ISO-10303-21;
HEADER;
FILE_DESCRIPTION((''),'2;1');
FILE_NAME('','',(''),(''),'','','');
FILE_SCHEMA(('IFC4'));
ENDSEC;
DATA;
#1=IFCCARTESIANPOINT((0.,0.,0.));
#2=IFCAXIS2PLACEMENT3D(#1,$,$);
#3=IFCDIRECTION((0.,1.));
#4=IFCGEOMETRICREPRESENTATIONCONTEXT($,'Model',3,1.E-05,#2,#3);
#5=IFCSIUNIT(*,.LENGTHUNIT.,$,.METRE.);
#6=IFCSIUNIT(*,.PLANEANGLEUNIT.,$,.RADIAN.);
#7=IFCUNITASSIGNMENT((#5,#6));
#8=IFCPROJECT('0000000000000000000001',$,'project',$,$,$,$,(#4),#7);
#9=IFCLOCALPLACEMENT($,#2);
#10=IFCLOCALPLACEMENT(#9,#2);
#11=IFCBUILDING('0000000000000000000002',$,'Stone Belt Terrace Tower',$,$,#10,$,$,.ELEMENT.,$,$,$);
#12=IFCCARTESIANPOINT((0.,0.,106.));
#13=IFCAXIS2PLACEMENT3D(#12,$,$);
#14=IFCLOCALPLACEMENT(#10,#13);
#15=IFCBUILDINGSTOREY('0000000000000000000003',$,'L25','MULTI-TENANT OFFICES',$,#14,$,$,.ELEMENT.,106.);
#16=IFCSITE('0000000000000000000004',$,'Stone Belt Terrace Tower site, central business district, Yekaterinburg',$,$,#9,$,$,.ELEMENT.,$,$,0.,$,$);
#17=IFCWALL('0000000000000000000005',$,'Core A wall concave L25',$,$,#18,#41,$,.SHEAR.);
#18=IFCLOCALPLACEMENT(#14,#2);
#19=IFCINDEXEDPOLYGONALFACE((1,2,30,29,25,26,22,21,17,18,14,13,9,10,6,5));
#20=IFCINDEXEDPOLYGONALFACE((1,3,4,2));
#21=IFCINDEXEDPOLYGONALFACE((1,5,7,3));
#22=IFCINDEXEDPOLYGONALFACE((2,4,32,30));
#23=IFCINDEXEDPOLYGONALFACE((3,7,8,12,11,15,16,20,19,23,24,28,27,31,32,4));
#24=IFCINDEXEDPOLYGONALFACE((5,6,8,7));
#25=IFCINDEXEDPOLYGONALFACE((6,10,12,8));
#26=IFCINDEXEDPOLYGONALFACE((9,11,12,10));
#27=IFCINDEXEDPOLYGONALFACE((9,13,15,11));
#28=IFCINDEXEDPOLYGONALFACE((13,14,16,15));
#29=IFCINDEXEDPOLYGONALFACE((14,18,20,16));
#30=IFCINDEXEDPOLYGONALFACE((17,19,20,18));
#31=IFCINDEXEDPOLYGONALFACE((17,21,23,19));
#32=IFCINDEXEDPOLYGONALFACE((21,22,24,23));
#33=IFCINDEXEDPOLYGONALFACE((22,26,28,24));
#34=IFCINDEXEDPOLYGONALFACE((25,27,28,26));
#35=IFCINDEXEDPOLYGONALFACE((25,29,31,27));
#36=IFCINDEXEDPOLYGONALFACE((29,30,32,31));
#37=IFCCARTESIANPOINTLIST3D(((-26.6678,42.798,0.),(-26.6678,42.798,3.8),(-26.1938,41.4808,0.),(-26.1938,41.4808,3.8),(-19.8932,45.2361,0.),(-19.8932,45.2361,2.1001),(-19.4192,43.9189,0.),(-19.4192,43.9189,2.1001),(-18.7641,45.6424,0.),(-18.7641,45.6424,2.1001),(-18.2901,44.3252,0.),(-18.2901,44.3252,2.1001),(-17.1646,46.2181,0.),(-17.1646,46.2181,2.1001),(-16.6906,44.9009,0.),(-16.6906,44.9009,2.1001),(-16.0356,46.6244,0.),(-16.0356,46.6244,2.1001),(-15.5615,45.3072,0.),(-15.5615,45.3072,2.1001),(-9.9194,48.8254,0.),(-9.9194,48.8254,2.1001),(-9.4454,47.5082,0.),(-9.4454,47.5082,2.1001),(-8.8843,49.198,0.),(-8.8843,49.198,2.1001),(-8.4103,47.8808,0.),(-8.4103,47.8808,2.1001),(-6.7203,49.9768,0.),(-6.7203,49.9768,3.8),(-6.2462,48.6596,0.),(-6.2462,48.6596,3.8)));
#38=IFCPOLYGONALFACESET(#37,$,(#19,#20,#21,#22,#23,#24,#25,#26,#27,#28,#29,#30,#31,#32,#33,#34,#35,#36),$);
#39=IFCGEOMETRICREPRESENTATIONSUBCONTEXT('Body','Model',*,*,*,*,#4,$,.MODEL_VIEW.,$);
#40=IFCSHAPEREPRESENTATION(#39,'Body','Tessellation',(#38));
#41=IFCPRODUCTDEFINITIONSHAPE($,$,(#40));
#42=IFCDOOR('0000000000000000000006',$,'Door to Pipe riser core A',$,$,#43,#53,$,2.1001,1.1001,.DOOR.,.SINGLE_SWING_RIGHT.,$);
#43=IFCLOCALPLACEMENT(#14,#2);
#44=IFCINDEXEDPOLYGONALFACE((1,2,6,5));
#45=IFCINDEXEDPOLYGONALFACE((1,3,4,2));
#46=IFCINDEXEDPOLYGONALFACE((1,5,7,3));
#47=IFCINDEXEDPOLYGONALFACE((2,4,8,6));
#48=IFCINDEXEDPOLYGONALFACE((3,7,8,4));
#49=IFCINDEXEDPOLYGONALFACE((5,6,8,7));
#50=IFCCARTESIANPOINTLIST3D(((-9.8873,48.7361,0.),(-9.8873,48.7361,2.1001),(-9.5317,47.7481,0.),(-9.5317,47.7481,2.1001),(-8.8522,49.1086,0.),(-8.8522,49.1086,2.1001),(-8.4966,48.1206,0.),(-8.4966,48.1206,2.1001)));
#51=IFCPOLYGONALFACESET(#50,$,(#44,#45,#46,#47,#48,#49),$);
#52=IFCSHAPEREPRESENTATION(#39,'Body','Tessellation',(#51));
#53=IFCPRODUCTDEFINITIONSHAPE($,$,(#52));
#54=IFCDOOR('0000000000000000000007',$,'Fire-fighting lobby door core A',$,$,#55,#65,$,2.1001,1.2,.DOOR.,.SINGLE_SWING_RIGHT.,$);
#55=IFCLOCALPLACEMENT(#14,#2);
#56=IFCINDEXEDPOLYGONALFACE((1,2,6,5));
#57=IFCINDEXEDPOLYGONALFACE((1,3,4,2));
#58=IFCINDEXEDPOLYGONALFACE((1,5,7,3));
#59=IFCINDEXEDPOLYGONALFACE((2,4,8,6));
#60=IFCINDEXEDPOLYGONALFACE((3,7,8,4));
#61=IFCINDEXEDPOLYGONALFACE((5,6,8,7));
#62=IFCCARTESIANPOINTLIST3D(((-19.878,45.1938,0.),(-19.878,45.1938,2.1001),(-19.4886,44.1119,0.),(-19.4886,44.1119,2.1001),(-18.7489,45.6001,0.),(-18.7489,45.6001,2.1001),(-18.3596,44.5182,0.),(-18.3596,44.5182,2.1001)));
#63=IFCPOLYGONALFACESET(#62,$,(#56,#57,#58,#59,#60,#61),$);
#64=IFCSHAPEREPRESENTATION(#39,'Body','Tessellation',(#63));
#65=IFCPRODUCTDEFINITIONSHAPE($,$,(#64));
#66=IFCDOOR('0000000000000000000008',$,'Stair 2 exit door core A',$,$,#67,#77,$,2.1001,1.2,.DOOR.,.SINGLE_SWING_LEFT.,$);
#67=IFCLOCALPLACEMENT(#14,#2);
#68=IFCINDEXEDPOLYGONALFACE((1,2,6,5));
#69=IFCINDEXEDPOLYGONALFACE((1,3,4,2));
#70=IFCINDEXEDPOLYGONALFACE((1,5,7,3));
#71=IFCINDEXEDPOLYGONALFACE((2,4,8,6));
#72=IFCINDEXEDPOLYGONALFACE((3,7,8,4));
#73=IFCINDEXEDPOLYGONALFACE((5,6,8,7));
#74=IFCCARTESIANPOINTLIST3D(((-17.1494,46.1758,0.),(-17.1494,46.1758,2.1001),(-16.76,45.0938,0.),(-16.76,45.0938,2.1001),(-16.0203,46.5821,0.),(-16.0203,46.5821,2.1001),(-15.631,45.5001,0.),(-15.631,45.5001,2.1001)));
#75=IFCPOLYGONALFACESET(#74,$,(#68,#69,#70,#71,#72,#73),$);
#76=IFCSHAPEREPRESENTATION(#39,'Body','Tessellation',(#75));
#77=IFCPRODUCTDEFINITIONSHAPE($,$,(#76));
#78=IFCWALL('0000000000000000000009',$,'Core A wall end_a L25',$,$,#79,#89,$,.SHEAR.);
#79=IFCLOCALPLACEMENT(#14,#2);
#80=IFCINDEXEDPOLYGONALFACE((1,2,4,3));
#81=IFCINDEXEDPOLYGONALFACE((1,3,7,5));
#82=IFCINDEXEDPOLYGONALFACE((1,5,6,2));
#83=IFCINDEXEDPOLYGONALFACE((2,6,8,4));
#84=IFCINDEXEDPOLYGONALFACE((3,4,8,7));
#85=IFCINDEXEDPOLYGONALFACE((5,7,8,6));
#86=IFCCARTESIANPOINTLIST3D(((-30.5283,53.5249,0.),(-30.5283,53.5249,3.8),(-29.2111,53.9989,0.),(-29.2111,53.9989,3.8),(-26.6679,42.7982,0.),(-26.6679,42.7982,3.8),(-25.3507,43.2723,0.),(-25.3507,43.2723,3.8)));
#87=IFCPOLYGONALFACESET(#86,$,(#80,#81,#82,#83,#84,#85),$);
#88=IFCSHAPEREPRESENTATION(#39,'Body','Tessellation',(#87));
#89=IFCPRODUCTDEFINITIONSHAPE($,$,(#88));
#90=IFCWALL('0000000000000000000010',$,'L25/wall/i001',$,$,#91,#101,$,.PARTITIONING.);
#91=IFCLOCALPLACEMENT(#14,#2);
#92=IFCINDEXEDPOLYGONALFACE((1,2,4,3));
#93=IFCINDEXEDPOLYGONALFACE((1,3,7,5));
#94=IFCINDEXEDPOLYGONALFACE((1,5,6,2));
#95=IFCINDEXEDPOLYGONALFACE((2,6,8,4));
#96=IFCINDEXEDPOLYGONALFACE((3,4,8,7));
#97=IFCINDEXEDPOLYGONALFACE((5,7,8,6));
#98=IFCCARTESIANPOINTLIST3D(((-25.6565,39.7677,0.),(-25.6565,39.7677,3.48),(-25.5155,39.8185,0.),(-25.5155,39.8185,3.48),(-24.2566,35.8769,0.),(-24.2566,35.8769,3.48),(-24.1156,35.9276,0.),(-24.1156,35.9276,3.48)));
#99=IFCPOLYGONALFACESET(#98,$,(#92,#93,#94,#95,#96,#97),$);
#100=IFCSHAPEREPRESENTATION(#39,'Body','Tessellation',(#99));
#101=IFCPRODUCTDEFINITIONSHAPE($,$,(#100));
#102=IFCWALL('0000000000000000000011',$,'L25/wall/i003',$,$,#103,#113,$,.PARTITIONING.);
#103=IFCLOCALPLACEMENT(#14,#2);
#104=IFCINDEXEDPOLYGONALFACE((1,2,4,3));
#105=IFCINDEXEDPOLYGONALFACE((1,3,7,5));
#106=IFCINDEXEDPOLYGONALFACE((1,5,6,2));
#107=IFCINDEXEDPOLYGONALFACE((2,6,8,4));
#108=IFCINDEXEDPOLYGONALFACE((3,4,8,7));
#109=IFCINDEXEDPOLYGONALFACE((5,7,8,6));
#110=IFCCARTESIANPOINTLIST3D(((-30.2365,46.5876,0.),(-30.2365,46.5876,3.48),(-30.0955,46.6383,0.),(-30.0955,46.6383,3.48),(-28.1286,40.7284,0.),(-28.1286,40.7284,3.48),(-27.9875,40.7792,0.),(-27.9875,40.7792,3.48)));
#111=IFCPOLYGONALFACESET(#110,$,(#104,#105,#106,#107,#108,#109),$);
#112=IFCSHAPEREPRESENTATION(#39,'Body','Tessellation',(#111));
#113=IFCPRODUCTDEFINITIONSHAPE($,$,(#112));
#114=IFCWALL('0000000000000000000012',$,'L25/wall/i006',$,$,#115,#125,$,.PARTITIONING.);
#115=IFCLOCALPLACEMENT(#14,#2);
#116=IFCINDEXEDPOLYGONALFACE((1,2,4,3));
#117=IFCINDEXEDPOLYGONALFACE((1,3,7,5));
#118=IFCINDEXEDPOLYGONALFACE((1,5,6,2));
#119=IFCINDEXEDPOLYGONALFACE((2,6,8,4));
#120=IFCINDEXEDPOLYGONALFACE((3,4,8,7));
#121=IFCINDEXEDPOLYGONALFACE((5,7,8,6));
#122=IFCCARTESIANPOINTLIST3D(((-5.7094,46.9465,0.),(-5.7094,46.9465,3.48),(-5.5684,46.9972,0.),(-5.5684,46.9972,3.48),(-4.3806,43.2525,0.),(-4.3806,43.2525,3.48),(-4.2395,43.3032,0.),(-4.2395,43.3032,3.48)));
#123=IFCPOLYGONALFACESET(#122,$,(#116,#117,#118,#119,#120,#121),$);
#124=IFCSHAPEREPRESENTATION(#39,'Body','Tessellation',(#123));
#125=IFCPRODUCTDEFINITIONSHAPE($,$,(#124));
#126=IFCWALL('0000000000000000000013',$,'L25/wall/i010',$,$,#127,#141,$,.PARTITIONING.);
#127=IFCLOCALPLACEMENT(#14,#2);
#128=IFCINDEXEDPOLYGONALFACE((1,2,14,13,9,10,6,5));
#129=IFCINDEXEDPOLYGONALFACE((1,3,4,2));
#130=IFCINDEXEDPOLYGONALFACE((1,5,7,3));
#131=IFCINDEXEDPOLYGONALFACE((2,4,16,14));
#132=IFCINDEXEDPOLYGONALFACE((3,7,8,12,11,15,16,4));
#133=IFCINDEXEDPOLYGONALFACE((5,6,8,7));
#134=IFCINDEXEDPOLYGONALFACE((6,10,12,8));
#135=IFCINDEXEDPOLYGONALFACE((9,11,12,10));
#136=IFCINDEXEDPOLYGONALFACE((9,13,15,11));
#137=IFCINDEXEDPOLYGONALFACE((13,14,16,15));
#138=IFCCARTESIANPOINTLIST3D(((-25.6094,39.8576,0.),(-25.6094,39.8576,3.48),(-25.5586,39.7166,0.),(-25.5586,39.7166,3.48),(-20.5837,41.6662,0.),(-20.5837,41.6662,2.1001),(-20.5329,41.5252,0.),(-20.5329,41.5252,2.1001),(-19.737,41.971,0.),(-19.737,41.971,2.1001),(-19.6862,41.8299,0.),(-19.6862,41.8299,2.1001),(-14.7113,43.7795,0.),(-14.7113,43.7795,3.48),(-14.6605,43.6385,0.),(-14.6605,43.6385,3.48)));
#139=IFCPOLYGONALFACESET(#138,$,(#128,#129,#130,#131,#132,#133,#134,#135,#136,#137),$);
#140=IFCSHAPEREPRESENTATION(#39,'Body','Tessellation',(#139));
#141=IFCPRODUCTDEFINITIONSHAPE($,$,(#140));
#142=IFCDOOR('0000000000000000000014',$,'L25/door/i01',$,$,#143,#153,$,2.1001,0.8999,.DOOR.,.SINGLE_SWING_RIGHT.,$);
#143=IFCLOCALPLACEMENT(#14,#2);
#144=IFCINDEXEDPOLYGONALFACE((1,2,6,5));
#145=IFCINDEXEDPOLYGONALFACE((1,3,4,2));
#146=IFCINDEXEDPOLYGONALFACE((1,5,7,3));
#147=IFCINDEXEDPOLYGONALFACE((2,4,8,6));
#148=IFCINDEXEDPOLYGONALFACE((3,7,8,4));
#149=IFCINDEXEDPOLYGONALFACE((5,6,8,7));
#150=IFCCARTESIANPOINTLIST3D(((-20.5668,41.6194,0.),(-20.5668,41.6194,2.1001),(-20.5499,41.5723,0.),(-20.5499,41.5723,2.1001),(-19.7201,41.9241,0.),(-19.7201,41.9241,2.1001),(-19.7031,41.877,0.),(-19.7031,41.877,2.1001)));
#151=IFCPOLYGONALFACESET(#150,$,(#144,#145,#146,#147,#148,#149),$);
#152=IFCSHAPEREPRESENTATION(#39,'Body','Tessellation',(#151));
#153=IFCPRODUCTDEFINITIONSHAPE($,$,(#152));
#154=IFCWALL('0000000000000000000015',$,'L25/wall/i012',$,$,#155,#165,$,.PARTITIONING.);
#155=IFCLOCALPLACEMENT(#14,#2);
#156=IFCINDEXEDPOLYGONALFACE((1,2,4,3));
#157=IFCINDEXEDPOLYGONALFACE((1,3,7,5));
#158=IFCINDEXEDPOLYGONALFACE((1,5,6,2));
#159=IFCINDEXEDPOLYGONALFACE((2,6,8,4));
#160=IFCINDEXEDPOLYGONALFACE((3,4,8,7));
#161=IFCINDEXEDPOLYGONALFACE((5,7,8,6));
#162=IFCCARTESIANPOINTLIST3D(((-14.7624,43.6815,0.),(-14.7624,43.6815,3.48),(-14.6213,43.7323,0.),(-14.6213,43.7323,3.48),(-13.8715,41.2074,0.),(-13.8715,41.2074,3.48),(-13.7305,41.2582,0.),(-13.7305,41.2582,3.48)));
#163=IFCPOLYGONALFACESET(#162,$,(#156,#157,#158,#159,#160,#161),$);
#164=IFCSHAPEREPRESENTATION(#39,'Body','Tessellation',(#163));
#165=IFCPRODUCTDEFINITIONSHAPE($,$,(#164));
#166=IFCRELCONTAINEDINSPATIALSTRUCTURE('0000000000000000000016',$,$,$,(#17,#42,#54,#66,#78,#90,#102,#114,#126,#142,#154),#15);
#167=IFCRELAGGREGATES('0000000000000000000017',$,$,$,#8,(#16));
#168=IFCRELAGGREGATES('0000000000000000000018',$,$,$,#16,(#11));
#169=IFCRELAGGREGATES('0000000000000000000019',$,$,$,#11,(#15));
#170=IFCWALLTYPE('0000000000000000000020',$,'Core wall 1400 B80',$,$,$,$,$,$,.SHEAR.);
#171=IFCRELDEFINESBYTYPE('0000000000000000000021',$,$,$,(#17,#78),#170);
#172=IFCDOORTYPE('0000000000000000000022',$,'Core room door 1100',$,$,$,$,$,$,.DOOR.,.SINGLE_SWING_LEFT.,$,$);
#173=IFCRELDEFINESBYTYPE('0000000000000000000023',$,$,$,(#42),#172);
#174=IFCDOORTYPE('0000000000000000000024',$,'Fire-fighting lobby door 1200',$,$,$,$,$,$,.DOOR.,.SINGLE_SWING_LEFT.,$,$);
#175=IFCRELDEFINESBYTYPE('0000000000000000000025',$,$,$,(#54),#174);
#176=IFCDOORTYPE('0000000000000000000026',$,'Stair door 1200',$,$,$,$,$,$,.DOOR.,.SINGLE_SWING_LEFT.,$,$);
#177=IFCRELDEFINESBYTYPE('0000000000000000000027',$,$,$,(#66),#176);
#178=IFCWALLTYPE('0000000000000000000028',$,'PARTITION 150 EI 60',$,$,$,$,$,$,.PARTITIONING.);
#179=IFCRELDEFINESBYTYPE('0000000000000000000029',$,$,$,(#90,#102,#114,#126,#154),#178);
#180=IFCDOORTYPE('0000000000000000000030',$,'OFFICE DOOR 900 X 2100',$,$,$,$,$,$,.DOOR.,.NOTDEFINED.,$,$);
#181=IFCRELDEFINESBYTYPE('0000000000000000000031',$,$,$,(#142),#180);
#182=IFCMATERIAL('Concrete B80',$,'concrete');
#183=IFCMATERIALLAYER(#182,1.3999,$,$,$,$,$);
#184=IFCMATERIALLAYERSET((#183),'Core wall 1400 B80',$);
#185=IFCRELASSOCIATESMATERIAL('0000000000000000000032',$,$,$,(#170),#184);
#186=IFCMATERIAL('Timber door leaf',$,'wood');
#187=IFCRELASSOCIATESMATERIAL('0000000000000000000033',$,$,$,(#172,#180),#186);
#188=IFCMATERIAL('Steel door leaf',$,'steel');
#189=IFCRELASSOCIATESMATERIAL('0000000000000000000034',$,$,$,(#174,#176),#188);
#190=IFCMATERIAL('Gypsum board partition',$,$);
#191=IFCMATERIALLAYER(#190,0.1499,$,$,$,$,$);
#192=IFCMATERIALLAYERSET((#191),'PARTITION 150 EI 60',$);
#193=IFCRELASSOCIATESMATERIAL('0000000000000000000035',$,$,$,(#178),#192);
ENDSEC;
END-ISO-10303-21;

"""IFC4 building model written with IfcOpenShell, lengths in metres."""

from ifc_helpers import new_model, si_unit, direction, frame, frame_2d, origin, place, context, subcontext, project, spatial, rectangle, extrude, material, layer, layer_set, type_object, element, fill, save


model = new_model("IFC4")

# Units and contexts
model_context = context("Model", 3, precision=1e-05, world=origin(), true_north=direction((0.0, 1.0)))
body_context = subcontext(model_context, "Body", "Model", "MODEL_VIEW")
ifc_project = project(units=[si_unit("LENGTHUNIT", "METRE"), si_unit("PLANEANGLEUNIT", "RADIAN")], contexts=[model_context])

# Site, building, storey
site_placement = place(None, origin())
site = spatial("IfcSite", under=ifc_project, at=site_placement, Name="Stone Belt Terrace Tower site, central business district, Yekaterinburg", CompositionType="ELEMENT", RefElevation=0.0)
building_placement = place(site_placement, origin())
building = spatial("IfcBuilding", under=site, at=building_placement, Name="Stone Belt Terrace Tower", CompositionType="ELEMENT")
storey_placement = place(building_placement, frame((0.0, 0.0, 106.0)))
storey = spatial("IfcBuildingStorey", under=building, at=storey_placement, Name="L25", Description="MULTI-TENANT OFFICES", CompositionType="ELEMENT", Elevation=106.0)

# Shared definitions
ifc_material_1 = material(Name="Concrete B80", Category="concrete")

# Wall, openings, doors
ifc_layer_1 = layer(ifc_material_1, 1.3999)
ifc_layer_set_1 = layer_set([ifc_layer_1], Name="Core wall 1400 B80")
wall_type_1 = type_object("IfcWallType", Name="Core wall 1400 B80", PredefinedType="SHEAR", material=ifc_layer_set_1)
wall_1_placement = place(storey_placement, frame((-26.4309, 42.1394, 0.0), z_axis=(0.0, 0.0, 1.0), x_axis=(0.940923, 0.33862, 0.0)))
wall_1 = element("IfcWall", 1, at=wall_1_placement, inside=storey, type_object=wall_type_1, Name="Core A wall concave L25", PredefinedType="SHEAR", context=body_context, shape_type="SweptSolid", body=[
    extrude(rectangle(XDim=21.2, YDim=1.3999, at=frame_2d((10.6001, 0.0))), origin(), (0.0, 0.0, 1.0), 3.8),
])
opening_1_placement = place(wall_1_placement, frame((7.2, 0.0, 0.0)))
opening_1 = element("IfcOpeningElement", 2, at=opening_1_placement, cuts=wall_1, PredefinedType="OPENING", context=body_context, shape_type="SweptSolid", body=[
    extrude(rectangle(XDim=1.2, YDim=2.1001, at=frame_2d((0.6001, 1.05))), frame((0.0, 0.71, 0.0), z_axis=(0.0, -1.0, 0.0), x_axis=(1.0, 0.0, 0.0)), (0.0, 0.0, 1.0), 1.4199),
])
opening_2_placement = place(wall_1_placement, frame((10.0999, 0.0, 0.0)))
opening_2 = element("IfcOpeningElement", 3, at=opening_2_placement, cuts=wall_1, PredefinedType="OPENING", context=body_context, shape_type="SweptSolid", body=[
    extrude(rectangle(XDim=1.2, YDim=2.1001, at=frame_2d((0.6001, 1.05))), frame((0.0, 0.71, 0.0), z_axis=(0.0, -1.0, 0.0), x_axis=(1.0, 0.0, 0.0)), (0.0, 0.0, 1.0), 1.4199),
])
opening_3_placement = place(wall_1_placement, frame((17.8, 0.0, 0.0)))
opening_3 = element("IfcOpeningElement", 4, at=opening_3_placement, cuts=wall_1, PredefinedType="OPENING", context=body_context, shape_type="SweptSolid", body=[
    extrude(rectangle(XDim=1.1001, YDim=2.1001, at=frame_2d((0.55, 1.05))), frame((0.0, 0.71, 0.0), z_axis=(0.0, -1.0, 0.0), x_axis=(1.0, 0.0, 0.0)), (0.0, 0.0, 1.0), 1.4199),
])
ifc_material_2 = material(Name="Timber door leaf", Category="wood")
door_type_1 = type_object("IfcDoorType", Name="Core room door 1100", OperationType="SINGLE_SWING_LEFT", PredefinedType="DOOR", material=ifc_material_2)
door_1_placement = place(opening_3_placement, origin())
door_1 = element("IfcDoor", 5, at=door_1_placement, inside=storey, type_object=door_type_1, Name="Door to Pipe riser core A", OperationType="SINGLE_SWING_RIGHT", OverallHeight=2.1001, OverallWidth=1.1001, PredefinedType="DOOR", context=body_context, shape_type="SweptSolid", body=[
    extrude(rectangle(XDim=1.1001, YDim=2.1001, at=frame_2d((0.55, 1.05))), frame((0.0, 0.605, 0.0), z_axis=(0.0, -1.0, 0.0), x_axis=(1.0, 0.0, 0.0)), (0.0, 0.0, 1.0), 1.05),
])
fill(opening_3, door_1)
ifc_material_3 = material(Name="Steel door leaf", Category="steel")
door_type_2 = type_object("IfcDoorType", Name="Fire-fighting lobby door 1200", OperationType="SINGLE_SWING_LEFT", PredefinedType="DOOR", material=ifc_material_3)
door_2_placement = place(opening_1_placement, origin())
door_2 = element("IfcDoor", 6, at=door_2_placement, inside=storey, type_object=door_type_2, Name="Fire-fighting lobby door core A", OperationType="SINGLE_SWING_RIGHT", OverallHeight=2.1001, OverallWidth=1.2, PredefinedType="DOOR", context=body_context, shape_type="SweptSolid", body=[
    extrude(rectangle(XDim=1.2, YDim=2.1001, at=frame_2d((0.6001, 1.05))), frame((0.0, 0.655, 0.0), z_axis=(0.0, -1.0, 0.0), x_axis=(1.0, 0.0, 0.0)), (0.0, 0.0, 1.0), 1.1499),
])
fill(opening_1, door_2)
door_type_3 = type_object("IfcDoorType", Name="Stair door 1200", OperationType="SINGLE_SWING_LEFT", PredefinedType="DOOR", material=ifc_material_3)
door_3_placement = place(opening_2_placement, origin())
door_3 = element("IfcDoor", 7, at=door_3_placement, inside=storey, type_object=door_type_3, Name="Stair 2 exit door core A", OperationType="SINGLE_SWING_LEFT", OverallHeight=2.1001, OverallWidth=1.2, PredefinedType="DOOR", context=body_context, shape_type="SweptSolid", body=[
    extrude(rectangle(XDim=1.2, YDim=2.1001, at=frame_2d((0.6001, 1.05))), frame((0.0, 0.655, 0.0), z_axis=(0.0, -1.0, 0.0), x_axis=(1.0, 0.0, 0.0)), (0.0, 0.0, 1.0), 1.1499),
])
fill(opening_2, door_3)

# Walls
wall_2_placement = place(storey_placement, frame((-26.0093, 43.0352, 0.0), z_axis=(0.0, 0.0, 1.0), x_axis=(-0.338625, 0.940921, 0.0)))
element("IfcWall", 8, at=wall_2_placement, inside=storey, type_object=wall_type_1, Name="Core A wall end_a L25", PredefinedType="SHEAR", context=body_context, shape_type="SweptSolid", body=[
    extrude(rectangle(XDim=11.4001, YDim=1.3999, at=frame_2d((5.7002, 0.0))), origin(), (0.0, 0.0, 1.0), 3.8),
])
ifc_material_4 = material(Name="Gypsum board partition")
ifc_layer_2 = layer(ifc_material_4, 0.1499)
ifc_layer_set_2 = layer_set([ifc_layer_2], Name="PARTITION 150 EI 60")
wall_type_2 = type_object("IfcWallType", Name="PARTITION 150 EI 60", PredefinedType="PARTITIONING", material=ifc_layer_set_2)
wall_3_placement = place(storey_placement, frame((-25.5859, 39.793, 0.0), z_axis=(0.0, 0.0, 1.0), x_axis=(0.338546, -0.94095, 0.0)))
element("IfcWall", 9, at=wall_3_placement, inside=storey, type_object=wall_type_2, Name="L25/wall/i001", PredefinedType="PARTITIONING", context=body_context, shape_type="SweptSolid", body=[
    extrude(rectangle(XDim=4.135, YDim=0.1499, at=frame_2d((2.0674, 0.0))), origin(), (0.0, 0.0, 1.0), 3.48),
])
wall_4_placement = place(storey_placement, frame((-28.0581, 40.7539, 0.0), z_axis=(0.0, 0.0, 1.0), x_axis=(-0.338524, 0.940958, 0.0)))
element("IfcWall", 10, at=wall_4_placement, inside=storey, type_object=wall_type_2, Name="L25/wall/i003", PredefinedType="PARTITIONING", context=body_context, shape_type="SweptSolid", body=[
    extrude(rectangle(XDim=6.2268, YDim=0.1499, at=frame_2d((3.1133, 0.0))), origin(), (0.0, 0.0, 1.0), 3.48),
])
wall_5_placement = place(storey_placement, frame((-4.3101, 43.2778, 0.0), z_axis=(0.0, 0.0, 1.0), x_axis=(-0.33849, 0.94097, 0.0)))
element("IfcWall", 11, at=wall_5_placement, inside=storey, type_object=wall_type_2, Name="L25/wall/i006", PredefinedType="PARTITIONING", context=body_context, shape_type="SweptSolid", body=[
    extrude(rectangle(XDim=3.9258, YDim=0.1499, at=frame_2d((1.9629, 0.0))), origin(), (0.0, 0.0, 1.0), 3.48),
])

# Wall, opening, door
wall_6_placement = place(storey_placement, frame((-14.686, 43.709, 0.0), z_axis=(0.0, 0.0, 1.0), x_axis=(-0.940926, -0.338613, 0.0)))
wall_6 = element("IfcWall", 12, at=wall_6_placement, inside=storey, type_object=wall_type_2, Name="L25/wall/i010", PredefinedType="PARTITIONING", context=body_context, shape_type="SweptSolid", body=[
    extrude(rectangle(XDim=11.5823, YDim=0.1499, at=frame_2d((5.791, 0.0))), origin(), (0.0, 0.0, 1.0), 3.48),
])
opening_4_placement = place(wall_6_placement, frame((5.3411, 0.0, 0.0)))
opening_4 = element("IfcOpeningElement", 13, at=opening_4_placement, cuts=wall_6, PredefinedType="OPENING", context=body_context, shape_type="SweptSolid", body=[
    extrude(rectangle(XDim=0.8999, YDim=2.1001, at=frame_2d((0.45, 1.05))), frame((0.0, 0.085, 0.0), z_axis=(0.0, -1.0, 0.0), x_axis=(1.0, 0.0, 0.0)), (0.0, 0.0, 1.0), 0.1699),
])
door_type_4 = type_object("IfcDoorType", Name="OFFICE DOOR 900 X 2100", OperationType="NOTDEFINED", PredefinedType="DOOR", material=ifc_material_2)
door_4_placement = place(opening_4_placement, origin())
door_4 = element("IfcDoor", 14, at=door_4_placement, inside=storey, type_object=door_type_4, Name="L25/door/i01", OperationType="SINGLE_SWING_RIGHT", OverallHeight=2.1001, OverallWidth=0.8999, PredefinedType="DOOR", context=body_context, shape_type="SweptSolid", body=[
    extrude(rectangle(XDim=0.8999, YDim=2.1001, at=frame_2d((0.45, 1.05))), frame((0.0, 0.0249, 0.0), z_axis=(0.0, -1.0, 0.0), x_axis=(1.0, 0.0, 0.0)), (0.0, 0.0, 1.0), 0.05),
])
fill(opening_4, door_4)

# Wall
wall_7_placement = place(storey_placement, frame((-14.6919, 43.707, 0.0), z_axis=(0.0, 0.0, 1.0), x_axis=(0.338782, -0.940865, 0.0)))
element("IfcWall", 15, at=wall_7_placement, inside=storey, type_object=wall_type_2, Name="L25/wall/i012", PredefinedType="PARTITIONING", context=body_context, shape_type="SweptSolid", body=[
    extrude(rectangle(XDim=2.6296, YDim=0.1499, at=frame_2d((1.3149, 0.0))), origin(), (0.0, 0.0, 1.0), 3.48),
])

save(model, "model.ifc")
